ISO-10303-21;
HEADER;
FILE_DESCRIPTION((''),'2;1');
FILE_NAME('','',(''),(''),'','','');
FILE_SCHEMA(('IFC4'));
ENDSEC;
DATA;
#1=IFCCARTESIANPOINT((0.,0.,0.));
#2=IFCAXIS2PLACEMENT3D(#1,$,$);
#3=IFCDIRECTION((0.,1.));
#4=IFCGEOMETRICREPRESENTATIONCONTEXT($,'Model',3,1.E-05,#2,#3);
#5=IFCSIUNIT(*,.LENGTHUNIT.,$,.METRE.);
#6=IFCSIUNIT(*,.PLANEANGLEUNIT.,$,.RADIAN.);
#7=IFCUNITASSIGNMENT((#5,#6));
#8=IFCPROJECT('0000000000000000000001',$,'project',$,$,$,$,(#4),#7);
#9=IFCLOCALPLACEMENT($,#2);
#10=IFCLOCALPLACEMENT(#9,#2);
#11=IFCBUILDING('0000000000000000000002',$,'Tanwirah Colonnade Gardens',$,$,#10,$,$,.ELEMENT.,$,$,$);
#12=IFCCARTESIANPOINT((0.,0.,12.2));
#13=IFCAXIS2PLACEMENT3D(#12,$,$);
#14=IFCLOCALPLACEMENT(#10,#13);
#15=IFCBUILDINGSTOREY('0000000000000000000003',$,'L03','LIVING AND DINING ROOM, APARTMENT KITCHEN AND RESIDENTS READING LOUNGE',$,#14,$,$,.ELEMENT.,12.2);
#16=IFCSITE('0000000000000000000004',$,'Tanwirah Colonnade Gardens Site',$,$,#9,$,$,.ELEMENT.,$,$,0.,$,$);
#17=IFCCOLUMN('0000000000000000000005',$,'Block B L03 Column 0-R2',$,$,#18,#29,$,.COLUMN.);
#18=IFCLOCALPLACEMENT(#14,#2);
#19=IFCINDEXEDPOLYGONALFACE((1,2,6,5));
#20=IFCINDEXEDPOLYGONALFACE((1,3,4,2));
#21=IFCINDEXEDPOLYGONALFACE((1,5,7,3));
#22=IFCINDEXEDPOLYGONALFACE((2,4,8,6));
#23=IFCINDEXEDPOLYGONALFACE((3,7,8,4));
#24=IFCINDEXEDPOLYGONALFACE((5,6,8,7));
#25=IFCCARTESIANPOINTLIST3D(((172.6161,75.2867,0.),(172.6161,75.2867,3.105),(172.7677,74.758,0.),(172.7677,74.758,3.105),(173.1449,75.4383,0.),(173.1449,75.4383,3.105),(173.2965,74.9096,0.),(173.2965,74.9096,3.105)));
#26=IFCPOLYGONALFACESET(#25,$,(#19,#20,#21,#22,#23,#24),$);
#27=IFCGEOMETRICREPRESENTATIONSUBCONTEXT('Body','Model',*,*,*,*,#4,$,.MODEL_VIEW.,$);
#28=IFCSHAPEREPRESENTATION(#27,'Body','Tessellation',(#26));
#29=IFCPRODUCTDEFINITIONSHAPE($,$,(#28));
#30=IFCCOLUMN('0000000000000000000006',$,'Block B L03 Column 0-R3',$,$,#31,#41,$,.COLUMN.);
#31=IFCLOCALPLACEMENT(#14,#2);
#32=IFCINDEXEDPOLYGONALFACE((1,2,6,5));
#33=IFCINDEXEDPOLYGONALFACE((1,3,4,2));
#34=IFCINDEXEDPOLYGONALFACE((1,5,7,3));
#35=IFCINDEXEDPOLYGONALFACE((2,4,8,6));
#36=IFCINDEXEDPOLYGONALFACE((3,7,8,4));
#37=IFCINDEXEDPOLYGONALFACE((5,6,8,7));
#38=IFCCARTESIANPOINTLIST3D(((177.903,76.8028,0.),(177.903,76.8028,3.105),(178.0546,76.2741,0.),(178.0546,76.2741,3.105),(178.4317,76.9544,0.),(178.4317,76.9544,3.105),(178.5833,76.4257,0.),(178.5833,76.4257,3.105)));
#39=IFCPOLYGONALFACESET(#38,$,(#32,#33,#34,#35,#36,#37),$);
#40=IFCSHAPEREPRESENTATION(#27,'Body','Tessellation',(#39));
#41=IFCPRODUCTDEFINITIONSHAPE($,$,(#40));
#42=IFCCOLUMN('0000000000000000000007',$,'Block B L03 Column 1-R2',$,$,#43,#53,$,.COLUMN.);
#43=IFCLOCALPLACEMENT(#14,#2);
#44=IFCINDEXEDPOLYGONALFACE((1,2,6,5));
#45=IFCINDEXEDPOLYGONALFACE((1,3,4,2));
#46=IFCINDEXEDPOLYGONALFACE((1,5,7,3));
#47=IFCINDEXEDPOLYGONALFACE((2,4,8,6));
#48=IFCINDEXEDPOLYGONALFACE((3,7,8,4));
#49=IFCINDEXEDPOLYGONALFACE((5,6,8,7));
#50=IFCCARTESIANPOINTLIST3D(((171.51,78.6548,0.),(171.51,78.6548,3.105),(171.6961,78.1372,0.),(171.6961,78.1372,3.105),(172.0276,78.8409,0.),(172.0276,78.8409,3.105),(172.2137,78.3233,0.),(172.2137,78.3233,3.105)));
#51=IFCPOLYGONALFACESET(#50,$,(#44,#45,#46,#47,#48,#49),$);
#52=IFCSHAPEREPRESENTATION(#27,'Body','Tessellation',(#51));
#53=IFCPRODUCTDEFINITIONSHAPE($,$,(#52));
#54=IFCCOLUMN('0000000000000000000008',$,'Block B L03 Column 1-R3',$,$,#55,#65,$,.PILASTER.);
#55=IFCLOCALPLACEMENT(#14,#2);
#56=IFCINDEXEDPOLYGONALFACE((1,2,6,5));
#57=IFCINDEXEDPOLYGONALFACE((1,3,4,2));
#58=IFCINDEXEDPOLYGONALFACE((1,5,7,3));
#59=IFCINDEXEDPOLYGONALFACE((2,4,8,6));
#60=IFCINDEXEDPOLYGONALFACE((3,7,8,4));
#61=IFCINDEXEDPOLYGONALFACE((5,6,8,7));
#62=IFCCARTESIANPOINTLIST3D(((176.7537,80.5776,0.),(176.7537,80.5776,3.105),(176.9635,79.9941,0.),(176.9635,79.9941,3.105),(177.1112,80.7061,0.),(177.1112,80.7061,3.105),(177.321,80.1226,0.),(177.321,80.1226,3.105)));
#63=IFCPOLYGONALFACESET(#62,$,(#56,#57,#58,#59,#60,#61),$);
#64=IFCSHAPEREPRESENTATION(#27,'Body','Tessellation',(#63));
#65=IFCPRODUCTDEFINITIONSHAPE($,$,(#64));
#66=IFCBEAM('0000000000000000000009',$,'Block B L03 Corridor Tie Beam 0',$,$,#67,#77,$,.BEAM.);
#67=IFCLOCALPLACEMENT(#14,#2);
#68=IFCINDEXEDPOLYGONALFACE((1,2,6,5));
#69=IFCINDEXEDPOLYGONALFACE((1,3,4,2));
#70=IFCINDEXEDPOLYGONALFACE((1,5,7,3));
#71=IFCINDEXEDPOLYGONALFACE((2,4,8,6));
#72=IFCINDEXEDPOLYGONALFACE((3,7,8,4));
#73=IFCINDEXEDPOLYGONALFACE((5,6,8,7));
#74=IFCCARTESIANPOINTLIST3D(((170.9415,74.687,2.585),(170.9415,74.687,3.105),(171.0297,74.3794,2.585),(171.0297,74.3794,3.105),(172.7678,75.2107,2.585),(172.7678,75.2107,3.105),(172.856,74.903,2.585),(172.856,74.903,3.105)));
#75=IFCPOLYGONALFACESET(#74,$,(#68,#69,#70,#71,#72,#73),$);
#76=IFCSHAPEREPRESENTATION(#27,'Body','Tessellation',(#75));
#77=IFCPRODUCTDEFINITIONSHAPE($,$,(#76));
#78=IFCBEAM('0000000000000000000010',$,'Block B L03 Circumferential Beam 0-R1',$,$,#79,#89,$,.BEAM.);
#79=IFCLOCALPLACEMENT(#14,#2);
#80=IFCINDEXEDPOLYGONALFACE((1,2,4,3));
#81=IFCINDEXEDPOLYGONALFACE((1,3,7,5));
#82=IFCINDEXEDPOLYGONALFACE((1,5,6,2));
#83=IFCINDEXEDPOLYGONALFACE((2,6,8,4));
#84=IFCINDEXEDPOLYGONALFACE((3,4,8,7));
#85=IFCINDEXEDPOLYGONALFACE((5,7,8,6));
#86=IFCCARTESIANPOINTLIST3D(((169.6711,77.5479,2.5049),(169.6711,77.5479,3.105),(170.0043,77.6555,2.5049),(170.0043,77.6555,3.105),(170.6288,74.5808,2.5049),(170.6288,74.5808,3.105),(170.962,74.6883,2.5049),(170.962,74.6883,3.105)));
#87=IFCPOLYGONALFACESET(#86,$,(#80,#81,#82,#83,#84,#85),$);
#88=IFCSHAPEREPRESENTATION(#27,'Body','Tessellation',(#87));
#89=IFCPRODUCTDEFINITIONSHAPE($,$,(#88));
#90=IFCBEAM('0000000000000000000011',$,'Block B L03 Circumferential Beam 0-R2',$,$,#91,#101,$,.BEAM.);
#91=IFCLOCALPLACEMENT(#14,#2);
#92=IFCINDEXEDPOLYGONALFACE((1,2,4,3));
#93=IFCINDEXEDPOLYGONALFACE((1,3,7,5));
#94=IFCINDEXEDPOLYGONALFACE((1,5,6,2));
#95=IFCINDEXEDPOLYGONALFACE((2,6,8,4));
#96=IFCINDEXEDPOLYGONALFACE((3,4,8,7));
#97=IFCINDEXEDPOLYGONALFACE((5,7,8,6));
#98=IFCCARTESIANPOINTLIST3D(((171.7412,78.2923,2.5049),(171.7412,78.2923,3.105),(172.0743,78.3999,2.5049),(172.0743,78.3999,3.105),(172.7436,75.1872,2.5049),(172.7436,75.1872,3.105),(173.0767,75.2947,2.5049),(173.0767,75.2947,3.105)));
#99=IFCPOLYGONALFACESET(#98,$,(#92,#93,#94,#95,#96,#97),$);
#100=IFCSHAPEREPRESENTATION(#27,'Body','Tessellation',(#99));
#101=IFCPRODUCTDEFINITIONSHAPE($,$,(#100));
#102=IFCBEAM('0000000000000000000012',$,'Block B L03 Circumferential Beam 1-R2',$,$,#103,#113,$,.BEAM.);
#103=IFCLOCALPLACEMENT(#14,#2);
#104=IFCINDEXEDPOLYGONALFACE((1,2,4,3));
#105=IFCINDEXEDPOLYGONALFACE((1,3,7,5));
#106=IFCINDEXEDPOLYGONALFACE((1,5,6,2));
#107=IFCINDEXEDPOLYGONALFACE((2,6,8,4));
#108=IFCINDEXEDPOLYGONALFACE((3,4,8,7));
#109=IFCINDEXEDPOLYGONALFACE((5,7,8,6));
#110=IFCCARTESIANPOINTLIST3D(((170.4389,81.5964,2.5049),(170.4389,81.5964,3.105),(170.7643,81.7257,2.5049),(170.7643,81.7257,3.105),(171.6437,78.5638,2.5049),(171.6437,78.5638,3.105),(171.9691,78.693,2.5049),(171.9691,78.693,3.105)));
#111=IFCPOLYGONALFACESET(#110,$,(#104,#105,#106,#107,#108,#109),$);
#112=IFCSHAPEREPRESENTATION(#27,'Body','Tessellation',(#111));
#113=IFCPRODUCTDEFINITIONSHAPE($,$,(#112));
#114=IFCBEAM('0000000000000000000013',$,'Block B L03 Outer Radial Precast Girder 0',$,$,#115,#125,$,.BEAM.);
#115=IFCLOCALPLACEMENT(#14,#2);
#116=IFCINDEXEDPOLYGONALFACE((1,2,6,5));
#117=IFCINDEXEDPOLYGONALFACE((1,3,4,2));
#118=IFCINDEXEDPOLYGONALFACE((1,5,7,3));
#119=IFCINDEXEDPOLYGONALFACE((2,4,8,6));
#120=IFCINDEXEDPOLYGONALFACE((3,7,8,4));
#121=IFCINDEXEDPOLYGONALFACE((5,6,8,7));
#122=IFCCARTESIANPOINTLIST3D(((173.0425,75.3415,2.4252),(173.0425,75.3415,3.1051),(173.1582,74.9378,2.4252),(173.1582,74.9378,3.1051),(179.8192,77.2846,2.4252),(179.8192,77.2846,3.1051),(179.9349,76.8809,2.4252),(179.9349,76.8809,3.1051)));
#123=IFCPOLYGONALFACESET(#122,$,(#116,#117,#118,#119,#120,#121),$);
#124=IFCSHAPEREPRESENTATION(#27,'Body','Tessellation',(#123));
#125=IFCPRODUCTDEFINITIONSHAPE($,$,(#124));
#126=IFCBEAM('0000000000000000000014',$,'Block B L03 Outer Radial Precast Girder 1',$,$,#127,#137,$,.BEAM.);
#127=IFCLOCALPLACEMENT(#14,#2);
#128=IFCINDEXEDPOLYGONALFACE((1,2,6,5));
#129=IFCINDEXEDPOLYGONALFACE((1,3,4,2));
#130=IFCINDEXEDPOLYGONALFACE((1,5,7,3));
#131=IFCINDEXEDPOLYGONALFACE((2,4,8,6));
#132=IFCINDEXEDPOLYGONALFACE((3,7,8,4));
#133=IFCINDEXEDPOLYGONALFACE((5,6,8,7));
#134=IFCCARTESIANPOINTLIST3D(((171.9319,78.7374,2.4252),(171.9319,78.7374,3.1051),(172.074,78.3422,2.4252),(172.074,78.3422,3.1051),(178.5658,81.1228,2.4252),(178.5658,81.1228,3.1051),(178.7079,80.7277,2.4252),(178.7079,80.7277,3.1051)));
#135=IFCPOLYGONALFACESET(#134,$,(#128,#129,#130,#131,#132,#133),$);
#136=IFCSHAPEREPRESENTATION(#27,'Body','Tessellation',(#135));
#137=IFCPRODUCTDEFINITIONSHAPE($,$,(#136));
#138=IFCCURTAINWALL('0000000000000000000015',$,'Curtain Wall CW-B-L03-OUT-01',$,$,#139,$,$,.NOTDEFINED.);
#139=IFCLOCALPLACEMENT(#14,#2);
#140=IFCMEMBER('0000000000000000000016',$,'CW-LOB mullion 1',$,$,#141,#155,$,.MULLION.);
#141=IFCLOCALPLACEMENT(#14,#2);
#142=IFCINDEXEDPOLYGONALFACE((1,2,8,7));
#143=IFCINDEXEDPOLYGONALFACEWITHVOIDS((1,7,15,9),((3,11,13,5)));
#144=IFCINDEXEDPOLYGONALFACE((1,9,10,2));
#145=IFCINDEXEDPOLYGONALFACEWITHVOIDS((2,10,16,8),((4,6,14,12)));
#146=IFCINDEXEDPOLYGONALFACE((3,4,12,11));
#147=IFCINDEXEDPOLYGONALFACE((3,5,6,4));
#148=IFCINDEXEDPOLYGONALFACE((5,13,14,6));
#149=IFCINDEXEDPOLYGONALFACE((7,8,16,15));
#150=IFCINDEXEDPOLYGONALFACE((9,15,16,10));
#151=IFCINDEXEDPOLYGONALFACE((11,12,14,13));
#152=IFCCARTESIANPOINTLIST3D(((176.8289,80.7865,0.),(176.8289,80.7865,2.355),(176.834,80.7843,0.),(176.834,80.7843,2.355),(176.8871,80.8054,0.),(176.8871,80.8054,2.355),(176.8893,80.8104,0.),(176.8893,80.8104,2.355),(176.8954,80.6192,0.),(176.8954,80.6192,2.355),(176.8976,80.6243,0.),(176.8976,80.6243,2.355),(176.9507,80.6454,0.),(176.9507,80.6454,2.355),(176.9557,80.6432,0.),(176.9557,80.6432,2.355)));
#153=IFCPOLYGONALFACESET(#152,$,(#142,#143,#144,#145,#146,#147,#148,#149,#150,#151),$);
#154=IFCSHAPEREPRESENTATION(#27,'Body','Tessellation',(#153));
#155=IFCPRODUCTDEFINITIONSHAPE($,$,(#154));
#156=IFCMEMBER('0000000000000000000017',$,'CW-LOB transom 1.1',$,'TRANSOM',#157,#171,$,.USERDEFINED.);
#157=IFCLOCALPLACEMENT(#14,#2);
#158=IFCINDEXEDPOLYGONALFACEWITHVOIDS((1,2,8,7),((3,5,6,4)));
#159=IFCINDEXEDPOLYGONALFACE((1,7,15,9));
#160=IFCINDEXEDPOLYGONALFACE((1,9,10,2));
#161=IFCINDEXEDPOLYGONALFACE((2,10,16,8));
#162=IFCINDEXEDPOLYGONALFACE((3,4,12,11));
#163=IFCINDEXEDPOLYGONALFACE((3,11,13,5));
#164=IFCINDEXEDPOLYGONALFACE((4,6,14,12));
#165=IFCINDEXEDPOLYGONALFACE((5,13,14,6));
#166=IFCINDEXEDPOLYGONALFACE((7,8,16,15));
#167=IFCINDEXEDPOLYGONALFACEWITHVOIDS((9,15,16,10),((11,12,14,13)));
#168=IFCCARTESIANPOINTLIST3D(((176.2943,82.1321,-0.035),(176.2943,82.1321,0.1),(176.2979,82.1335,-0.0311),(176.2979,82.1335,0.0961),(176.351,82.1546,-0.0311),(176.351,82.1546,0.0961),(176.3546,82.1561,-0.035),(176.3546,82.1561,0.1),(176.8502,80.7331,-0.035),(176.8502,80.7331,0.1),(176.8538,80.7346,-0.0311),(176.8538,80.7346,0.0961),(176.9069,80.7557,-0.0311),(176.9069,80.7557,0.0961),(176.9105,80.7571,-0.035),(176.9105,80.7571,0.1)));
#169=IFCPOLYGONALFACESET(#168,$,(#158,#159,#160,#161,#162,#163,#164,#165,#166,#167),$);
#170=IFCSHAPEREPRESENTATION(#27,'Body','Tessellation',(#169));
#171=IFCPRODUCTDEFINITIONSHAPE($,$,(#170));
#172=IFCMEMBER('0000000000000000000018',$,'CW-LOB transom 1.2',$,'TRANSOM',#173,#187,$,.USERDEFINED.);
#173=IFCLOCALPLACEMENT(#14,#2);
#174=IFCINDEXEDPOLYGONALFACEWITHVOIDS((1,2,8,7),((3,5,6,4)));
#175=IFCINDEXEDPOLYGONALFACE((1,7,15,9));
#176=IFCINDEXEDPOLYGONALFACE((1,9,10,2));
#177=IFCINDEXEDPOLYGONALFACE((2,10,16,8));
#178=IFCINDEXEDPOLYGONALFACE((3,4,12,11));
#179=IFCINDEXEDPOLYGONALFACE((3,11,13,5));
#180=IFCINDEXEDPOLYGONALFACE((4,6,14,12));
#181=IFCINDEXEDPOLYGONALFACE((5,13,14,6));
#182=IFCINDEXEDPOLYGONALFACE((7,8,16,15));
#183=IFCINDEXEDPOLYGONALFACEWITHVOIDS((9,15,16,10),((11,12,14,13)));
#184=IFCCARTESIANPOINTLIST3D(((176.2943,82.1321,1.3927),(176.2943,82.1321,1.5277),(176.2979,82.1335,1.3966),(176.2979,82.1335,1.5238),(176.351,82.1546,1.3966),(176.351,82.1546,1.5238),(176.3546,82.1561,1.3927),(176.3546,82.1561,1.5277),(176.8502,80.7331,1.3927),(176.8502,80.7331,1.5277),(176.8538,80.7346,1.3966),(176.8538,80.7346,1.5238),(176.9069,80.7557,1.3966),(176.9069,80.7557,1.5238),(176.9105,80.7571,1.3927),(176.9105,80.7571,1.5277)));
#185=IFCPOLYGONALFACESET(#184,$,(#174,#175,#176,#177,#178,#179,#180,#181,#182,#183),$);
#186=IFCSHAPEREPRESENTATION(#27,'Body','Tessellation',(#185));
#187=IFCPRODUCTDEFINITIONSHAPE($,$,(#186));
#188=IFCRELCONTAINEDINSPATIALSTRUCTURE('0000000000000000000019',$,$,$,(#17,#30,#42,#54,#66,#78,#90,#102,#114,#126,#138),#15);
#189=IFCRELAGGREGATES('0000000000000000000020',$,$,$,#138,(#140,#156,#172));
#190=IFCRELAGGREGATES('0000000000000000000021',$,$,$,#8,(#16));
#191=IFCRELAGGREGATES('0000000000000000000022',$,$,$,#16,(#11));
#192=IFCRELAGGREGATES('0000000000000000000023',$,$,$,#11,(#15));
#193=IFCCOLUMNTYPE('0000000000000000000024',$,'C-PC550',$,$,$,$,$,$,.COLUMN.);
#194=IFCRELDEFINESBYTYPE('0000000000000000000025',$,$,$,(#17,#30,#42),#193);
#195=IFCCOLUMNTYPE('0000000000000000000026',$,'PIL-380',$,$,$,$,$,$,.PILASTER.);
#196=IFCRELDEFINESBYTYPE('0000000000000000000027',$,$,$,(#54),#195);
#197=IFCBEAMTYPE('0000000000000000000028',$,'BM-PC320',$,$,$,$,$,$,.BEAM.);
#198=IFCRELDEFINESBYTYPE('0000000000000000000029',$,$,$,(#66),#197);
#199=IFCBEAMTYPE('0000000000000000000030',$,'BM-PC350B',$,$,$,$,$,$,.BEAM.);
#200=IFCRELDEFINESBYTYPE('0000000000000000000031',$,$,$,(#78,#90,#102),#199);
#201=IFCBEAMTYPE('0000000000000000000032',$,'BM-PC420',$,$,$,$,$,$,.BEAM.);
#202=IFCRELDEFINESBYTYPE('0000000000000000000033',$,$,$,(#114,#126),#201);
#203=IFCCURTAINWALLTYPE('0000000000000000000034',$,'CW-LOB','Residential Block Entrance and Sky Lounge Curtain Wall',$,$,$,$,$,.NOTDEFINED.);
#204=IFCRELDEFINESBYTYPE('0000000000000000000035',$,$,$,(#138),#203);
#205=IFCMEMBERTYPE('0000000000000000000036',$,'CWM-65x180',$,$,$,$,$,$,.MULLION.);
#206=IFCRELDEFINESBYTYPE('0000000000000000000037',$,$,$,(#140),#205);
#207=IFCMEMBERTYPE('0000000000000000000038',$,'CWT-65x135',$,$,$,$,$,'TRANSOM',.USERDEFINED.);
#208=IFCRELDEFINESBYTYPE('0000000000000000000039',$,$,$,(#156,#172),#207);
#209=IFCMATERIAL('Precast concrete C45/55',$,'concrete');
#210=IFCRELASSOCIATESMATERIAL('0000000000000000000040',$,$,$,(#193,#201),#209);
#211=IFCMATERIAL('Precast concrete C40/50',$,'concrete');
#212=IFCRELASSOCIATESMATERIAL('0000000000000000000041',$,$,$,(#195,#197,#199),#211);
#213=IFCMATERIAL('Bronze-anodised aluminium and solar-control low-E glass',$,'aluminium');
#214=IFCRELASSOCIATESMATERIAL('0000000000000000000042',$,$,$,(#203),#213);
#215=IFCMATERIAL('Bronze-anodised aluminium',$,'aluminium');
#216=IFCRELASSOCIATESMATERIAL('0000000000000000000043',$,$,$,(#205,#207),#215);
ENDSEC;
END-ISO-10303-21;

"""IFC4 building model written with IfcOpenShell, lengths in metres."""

from ifc_helpers import new_model, si_unit, direction, frame, origin, origin_2d, place, context, subcontext, project, spatial, rectangle, hollow_rectangle, extrude, material, material_profile, profile_set, type_object, element, aggregate, save


model = new_model("IFC4")

# Units and contexts
model_context = context("Model", 3, precision=1e-05, world=origin(), true_north=direction((0.0, 1.0)))
body_context = subcontext(model_context, "Body", "Model", "MODEL_VIEW")
ifc_project = project(units=[si_unit("LENGTHUNIT", "METRE"), si_unit("PLANEANGLEUNIT", "RADIAN")], contexts=[model_context])

# Site, building, storey
site_placement = place(None, origin())
site = spatial("IfcSite", under=ifc_project, at=site_placement, Name="Tanwirah Colonnade Gardens Site", CompositionType="ELEMENT", RefElevation=0.0)
building_placement = place(site_placement, origin())
building = spatial("IfcBuilding", under=site, at=building_placement, Name="Tanwirah Colonnade Gardens", CompositionType="ELEMENT")
storey_placement = place(building_placement, frame((0.0, 0.0, 12.2)))
storey = spatial("IfcBuildingStorey", under=building, at=storey_placement, Name="L03", Description="LIVING AND DINING ROOM, APARTMENT KITCHEN AND RESIDENTS READING LOUNGE", CompositionType="ELEMENT", Elevation=12.2)

# Columns
ifc_material_1 = material(Name="Precast concrete C45/55", Category="concrete")
ifc_material_profile_1 = material_profile(ifc_material_1, rectangle(XDim=0.55, YDim=0.55, at=origin_2d()), Name="PC-COL 550x550")
ifc_profile_set_1 = profile_set([ifc_material_profile_1], Name="Precast concrete C45/55")
column_type_1 = type_object("IfcColumnType", Name="C-PC550", PredefinedType="COLUMN", material=ifc_profile_set_1)
for number, where, z_axis, x_axis, name in (
    (1, (172.9563, 75.0981, 0.0), (0.0, 0.0, 1.0), (0.961262, 0.275637, 0.0), "Block B L03 Column 0-R2"),
    (2, (178.2432, 76.6143, 0.0), (0.0, 0.0, 1.0), (0.961262, 0.275637, 0.0), "Block B L03 Column 0-R3"),
    (3, (171.8618, 78.489, 0.0), (0.0, 0.0, 1.0), (0.941012, 0.338373, 0.0), "Block B L03 Column 1-R2"),
):
    element("IfcColumn", number, at=place(storey_placement, frame(where, z_axis=z_axis, x_axis=x_axis)), inside=storey, type_object=column_type_1, Name=name, PredefinedType="COLUMN", context=body_context, shape_type="SweptSolid", body=[
        extrude(rectangle(XDim=0.55, YDim=0.55, at=origin_2d()), origin(), (0.0, 0.0, 1.0), 3.105),
    ])
ifc_material_2 = material(Name="Precast concrete C40/50", Category="concrete")
ifc_material_profile_2 = material_profile(ifc_material_2, rectangle(XDim=0.3799, YDim=0.6201, at=origin_2d()), Name="PC-PIL 380x620")
ifc_profile_set_2 = profile_set([ifc_material_profile_2], Name="Precast concrete C40/50")
column_type_2 = type_object("IfcColumnType", Name="PIL-380", PredefinedType="PILASTER", material=ifc_profile_set_2)
column_placement = place(storey_placement, frame((177.0374, 80.3501, 0.0), z_axis=(0.0, 0.0, 1.0), x_axis=(0.941012, 0.338373, 0.0)))
element("IfcColumn", 4, at=column_placement, inside=storey, type_object=column_type_2, Name="Block B L03 Column 1-R3", PredefinedType="PILASTER", context=body_context, shape_type="SweptSolid", body=[
    extrude(rectangle(XDim=0.3799, YDim=0.6201, at=origin_2d()), origin(), (0.0, 0.0, 1.0), 3.105),
])

# Beams
ifc_material_profile_3 = material_profile(ifc_material_2, rectangle(XDim=0.3201, YDim=0.52, at=origin_2d()), Name="PC-BM 320x520")
ifc_profile_set_3 = profile_set([ifc_material_profile_3], Name="Precast concrete C40/50")
beam_type_1 = type_object("IfcBeamType", Name="BM-PC320", PredefinedType="BEAM", material=ifc_profile_set_3)
beam_1_placement = place(storey_placement, frame((170.9856, 74.5332, 2.845), z_axis=(0.961267, 0.27562, 0.0), x_axis=(-0.27562, 0.961267, 0.0)))
element("IfcBeam", 5, at=beam_1_placement, inside=storey, type_object=beam_type_1, Name="Block B L03 Corridor Tie Beam 0", PredefinedType="BEAM", context=body_context, shape_type="SweptSolid", body=[
    extrude(rectangle(XDim=0.3201, YDim=0.52, at=origin_2d()), origin(), (0.0, 0.0, 1.0), 1.8999),
])
ifc_material_profile_4 = material_profile(ifc_material_2, rectangle(XDim=0.3501, YDim=0.6001, at=origin_2d()), Name="PC-BM 350x600")
ifc_profile_set_4 = profile_set([ifc_material_profile_4], Name="Precast concrete C40/50")
beam_type_2 = type_object("IfcBeamType", Name="BM-PC350B", PredefinedType="BEAM", material=ifc_profile_set_4)
beam_2_placement = place(storey_placement, frame((170.7954, 74.6345, 2.8049), z_axis=(-0.30717, 0.951655, 0.0), x_axis=(-0.951655, -0.30717, 0.0)))
element("IfcBeam", 6, at=beam_2_placement, inside=storey, type_object=beam_type_2, Name="Block B L03 Circumferential Beam 0-R1", PredefinedType="BEAM", context=body_context, shape_type="SweptSolid", body=[
    extrude(rectangle(XDim=0.3501, YDim=0.6001, at=origin_2d()), origin(), (0.0, 0.0, 1.0), 3.1179),
])
beam_3_placement = place(storey_placement, frame((172.9102, 75.241, 2.8049), z_axis=(-0.307213, 0.951641, 0.0), x_axis=(-0.951641, -0.307213, 0.0)))
element("IfcBeam", 7, at=beam_3_placement, inside=storey, type_object=beam_type_2, Name="Block B L03 Circumferential Beam 0-R2", PredefinedType="BEAM", context=body_context, shape_type="SweptSolid", body=[
    extrude(rectangle(XDim=0.3501, YDim=0.6001, at=origin_2d()), origin(), (0.0, 0.0, 1.0), 3.2629),
])
beam_4_placement = place(storey_placement, frame((171.8064, 78.6284, 2.8049), z_axis=(-0.36921, 0.929346, 0.0), x_axis=(-0.929346, -0.36921, 0.0)))
element("IfcBeam", 8, at=beam_4_placement, inside=storey, type_object=beam_type_2, Name="Block B L03 Circumferential Beam 1-R2", PredefinedType="BEAM", context=body_context, shape_type="SweptSolid", body=[
    extrude(rectangle(XDim=0.3501, YDim=0.6001, at=origin_2d()), origin(), (0.0, 0.0, 1.0), 3.2632),
])
ifc_material_profile_5 = material_profile(ifc_material_1, rectangle(XDim=0.4199, YDim=0.6799, at=origin_2d()), Name="PC-BM 420x680")
ifc_profile_set_5 = profile_set([ifc_material_profile_5], Name="Precast concrete C45/55")
beam_type_3 = type_object("IfcBeamType", Name="BM-PC420", PredefinedType="BEAM", material=ifc_profile_set_5)
for number, where, z_axis, x_axis, name in (
    (9, (173.1003, 75.1396, 2.7651), (0.961266, 0.275622, 0.0), (-0.275622, 0.961266, 0.0), "Block B L03 Outer Radial Precast Girder 0"),
    (10, (172.0029, 78.5398, 2.7651), (0.941012, 0.338374, 0.0), (-0.338374, 0.941012, 0.0), "Block B L03 Outer Radial Precast Girder 1"),
):
    element("IfcBeam", number, at=place(storey_placement, frame(where, z_axis=z_axis, x_axis=x_axis)), inside=storey, type_object=beam_type_3, Name=name, PredefinedType="BEAM", context=body_context, shape_type="SweptSolid", body=[
        extrude(rectangle(XDim=0.4199, YDim=0.6799, at=origin_2d()), origin(), (0.0, 0.0, 1.0), 7.0498),
    ])

# Curtain wall, members
ifc_material_3 = material(Name="Bronze-anodised aluminium and solar-control low-E glass", Category="aluminium")
curtain_wall_type = type_object("IfcCurtainWallType", Name="CW-LOB", Description="Residential Block Entrance and Sky Lounge Curtain Wall", PredefinedType="NOTDEFINED", material=ifc_material_3)
curtain_wall_placement = place(storey_placement, origin())
curtain_wall = element("IfcCurtainWall", 11, at=curtain_wall_placement, inside=storey, type_object=curtain_wall_type, Name="Curtain Wall CW-B-L03-OUT-01", PredefinedType="NOTDEFINED")
ifc_material_4 = material(Name="Bronze-anodised aluminium", Category="aluminium")
ifc_material_profile_6 = material_profile(ifc_material_4, hollow_rectangle(XDim=0.0649, YDim=0.1799, WallThickness=0.0039, at=origin_2d()), Name="CW-MUL 65x180x4")
ifc_profile_set_6 = profile_set([ifc_material_profile_6], Name="Bronze-anodised aluminium")
member_type_1 = type_object("IfcMemberType", Name="CWM-65x180", PredefinedType="MULLION", material=ifc_profile_set_6)
member_1_placement = place(storey_placement, frame((176.8923, 80.7148, 0.0), z_axis=(0.0, 0.0, 1.0), x_axis=(-0.929348, -0.369206, 0.0)))
member_1 = element("IfcMember", 12, at=member_1_placement, type_object=member_type_1, Name="CW-LOB mullion 1", PredefinedType="MULLION", context=body_context, shape_type="SweptSolid", body=[
    extrude(hollow_rectangle(XDim=0.0649, YDim=0.1799, WallThickness=0.0039, at=origin_2d()), origin(), (0.0, 0.0, 1.0), 2.355),
])
ifc_material_profile_7 = material_profile(ifc_material_4, hollow_rectangle(XDim=0.0649, YDim=0.135, WallThickness=0.0039, at=origin_2d()), Name="CW-TRN 65x135x4")
ifc_profile_set_7 = profile_set([ifc_material_profile_7], Name="Bronze-anodised aluminium")
member_type_2 = type_object("IfcMemberType", Name="CWT-65x135", ElementType="TRANSOM", PredefinedType="USERDEFINED", material=ifc_profile_set_7)
member_2_placement = place(storey_placement, frame((176.8804, 80.7451, 0.0325), z_axis=(-0.369293, 0.929313, 0.0), x_axis=(-0.929313, -0.369293, 0.0)))
member_2 = element("IfcMember", 13, at=member_2_placement, type_object=member_type_2, Name="CW-LOB transom 1.1", ObjectType="TRANSOM", PredefinedType="USERDEFINED", context=body_context, shape_type="SweptSolid", body=[
    extrude(hollow_rectangle(XDim=0.0649, YDim=0.135, WallThickness=0.0039, at=origin_2d()), origin(), (0.0, 0.0, 1.0), 1.5054),
])
member_3_placement = place(storey_placement, frame((176.8804, 80.7451, 1.4602), z_axis=(-0.369293, 0.929313, 0.0), x_axis=(-0.929313, -0.369293, 0.0)))
member_3 = element("IfcMember", 14, at=member_3_placement, type_object=member_type_2, Name="CW-LOB transom 1.2", ObjectType="TRANSOM", PredefinedType="USERDEFINED", context=body_context, shape_type="SweptSolid", body=[
    extrude(hollow_rectangle(XDim=0.0649, YDim=0.135, WallThickness=0.0039, at=origin_2d()), origin(), (0.0, 0.0, 1.0), 1.5054),
])
aggregate(curtain_wall, [member_1, member_2, member_3])

save(model, "model.ifc")
